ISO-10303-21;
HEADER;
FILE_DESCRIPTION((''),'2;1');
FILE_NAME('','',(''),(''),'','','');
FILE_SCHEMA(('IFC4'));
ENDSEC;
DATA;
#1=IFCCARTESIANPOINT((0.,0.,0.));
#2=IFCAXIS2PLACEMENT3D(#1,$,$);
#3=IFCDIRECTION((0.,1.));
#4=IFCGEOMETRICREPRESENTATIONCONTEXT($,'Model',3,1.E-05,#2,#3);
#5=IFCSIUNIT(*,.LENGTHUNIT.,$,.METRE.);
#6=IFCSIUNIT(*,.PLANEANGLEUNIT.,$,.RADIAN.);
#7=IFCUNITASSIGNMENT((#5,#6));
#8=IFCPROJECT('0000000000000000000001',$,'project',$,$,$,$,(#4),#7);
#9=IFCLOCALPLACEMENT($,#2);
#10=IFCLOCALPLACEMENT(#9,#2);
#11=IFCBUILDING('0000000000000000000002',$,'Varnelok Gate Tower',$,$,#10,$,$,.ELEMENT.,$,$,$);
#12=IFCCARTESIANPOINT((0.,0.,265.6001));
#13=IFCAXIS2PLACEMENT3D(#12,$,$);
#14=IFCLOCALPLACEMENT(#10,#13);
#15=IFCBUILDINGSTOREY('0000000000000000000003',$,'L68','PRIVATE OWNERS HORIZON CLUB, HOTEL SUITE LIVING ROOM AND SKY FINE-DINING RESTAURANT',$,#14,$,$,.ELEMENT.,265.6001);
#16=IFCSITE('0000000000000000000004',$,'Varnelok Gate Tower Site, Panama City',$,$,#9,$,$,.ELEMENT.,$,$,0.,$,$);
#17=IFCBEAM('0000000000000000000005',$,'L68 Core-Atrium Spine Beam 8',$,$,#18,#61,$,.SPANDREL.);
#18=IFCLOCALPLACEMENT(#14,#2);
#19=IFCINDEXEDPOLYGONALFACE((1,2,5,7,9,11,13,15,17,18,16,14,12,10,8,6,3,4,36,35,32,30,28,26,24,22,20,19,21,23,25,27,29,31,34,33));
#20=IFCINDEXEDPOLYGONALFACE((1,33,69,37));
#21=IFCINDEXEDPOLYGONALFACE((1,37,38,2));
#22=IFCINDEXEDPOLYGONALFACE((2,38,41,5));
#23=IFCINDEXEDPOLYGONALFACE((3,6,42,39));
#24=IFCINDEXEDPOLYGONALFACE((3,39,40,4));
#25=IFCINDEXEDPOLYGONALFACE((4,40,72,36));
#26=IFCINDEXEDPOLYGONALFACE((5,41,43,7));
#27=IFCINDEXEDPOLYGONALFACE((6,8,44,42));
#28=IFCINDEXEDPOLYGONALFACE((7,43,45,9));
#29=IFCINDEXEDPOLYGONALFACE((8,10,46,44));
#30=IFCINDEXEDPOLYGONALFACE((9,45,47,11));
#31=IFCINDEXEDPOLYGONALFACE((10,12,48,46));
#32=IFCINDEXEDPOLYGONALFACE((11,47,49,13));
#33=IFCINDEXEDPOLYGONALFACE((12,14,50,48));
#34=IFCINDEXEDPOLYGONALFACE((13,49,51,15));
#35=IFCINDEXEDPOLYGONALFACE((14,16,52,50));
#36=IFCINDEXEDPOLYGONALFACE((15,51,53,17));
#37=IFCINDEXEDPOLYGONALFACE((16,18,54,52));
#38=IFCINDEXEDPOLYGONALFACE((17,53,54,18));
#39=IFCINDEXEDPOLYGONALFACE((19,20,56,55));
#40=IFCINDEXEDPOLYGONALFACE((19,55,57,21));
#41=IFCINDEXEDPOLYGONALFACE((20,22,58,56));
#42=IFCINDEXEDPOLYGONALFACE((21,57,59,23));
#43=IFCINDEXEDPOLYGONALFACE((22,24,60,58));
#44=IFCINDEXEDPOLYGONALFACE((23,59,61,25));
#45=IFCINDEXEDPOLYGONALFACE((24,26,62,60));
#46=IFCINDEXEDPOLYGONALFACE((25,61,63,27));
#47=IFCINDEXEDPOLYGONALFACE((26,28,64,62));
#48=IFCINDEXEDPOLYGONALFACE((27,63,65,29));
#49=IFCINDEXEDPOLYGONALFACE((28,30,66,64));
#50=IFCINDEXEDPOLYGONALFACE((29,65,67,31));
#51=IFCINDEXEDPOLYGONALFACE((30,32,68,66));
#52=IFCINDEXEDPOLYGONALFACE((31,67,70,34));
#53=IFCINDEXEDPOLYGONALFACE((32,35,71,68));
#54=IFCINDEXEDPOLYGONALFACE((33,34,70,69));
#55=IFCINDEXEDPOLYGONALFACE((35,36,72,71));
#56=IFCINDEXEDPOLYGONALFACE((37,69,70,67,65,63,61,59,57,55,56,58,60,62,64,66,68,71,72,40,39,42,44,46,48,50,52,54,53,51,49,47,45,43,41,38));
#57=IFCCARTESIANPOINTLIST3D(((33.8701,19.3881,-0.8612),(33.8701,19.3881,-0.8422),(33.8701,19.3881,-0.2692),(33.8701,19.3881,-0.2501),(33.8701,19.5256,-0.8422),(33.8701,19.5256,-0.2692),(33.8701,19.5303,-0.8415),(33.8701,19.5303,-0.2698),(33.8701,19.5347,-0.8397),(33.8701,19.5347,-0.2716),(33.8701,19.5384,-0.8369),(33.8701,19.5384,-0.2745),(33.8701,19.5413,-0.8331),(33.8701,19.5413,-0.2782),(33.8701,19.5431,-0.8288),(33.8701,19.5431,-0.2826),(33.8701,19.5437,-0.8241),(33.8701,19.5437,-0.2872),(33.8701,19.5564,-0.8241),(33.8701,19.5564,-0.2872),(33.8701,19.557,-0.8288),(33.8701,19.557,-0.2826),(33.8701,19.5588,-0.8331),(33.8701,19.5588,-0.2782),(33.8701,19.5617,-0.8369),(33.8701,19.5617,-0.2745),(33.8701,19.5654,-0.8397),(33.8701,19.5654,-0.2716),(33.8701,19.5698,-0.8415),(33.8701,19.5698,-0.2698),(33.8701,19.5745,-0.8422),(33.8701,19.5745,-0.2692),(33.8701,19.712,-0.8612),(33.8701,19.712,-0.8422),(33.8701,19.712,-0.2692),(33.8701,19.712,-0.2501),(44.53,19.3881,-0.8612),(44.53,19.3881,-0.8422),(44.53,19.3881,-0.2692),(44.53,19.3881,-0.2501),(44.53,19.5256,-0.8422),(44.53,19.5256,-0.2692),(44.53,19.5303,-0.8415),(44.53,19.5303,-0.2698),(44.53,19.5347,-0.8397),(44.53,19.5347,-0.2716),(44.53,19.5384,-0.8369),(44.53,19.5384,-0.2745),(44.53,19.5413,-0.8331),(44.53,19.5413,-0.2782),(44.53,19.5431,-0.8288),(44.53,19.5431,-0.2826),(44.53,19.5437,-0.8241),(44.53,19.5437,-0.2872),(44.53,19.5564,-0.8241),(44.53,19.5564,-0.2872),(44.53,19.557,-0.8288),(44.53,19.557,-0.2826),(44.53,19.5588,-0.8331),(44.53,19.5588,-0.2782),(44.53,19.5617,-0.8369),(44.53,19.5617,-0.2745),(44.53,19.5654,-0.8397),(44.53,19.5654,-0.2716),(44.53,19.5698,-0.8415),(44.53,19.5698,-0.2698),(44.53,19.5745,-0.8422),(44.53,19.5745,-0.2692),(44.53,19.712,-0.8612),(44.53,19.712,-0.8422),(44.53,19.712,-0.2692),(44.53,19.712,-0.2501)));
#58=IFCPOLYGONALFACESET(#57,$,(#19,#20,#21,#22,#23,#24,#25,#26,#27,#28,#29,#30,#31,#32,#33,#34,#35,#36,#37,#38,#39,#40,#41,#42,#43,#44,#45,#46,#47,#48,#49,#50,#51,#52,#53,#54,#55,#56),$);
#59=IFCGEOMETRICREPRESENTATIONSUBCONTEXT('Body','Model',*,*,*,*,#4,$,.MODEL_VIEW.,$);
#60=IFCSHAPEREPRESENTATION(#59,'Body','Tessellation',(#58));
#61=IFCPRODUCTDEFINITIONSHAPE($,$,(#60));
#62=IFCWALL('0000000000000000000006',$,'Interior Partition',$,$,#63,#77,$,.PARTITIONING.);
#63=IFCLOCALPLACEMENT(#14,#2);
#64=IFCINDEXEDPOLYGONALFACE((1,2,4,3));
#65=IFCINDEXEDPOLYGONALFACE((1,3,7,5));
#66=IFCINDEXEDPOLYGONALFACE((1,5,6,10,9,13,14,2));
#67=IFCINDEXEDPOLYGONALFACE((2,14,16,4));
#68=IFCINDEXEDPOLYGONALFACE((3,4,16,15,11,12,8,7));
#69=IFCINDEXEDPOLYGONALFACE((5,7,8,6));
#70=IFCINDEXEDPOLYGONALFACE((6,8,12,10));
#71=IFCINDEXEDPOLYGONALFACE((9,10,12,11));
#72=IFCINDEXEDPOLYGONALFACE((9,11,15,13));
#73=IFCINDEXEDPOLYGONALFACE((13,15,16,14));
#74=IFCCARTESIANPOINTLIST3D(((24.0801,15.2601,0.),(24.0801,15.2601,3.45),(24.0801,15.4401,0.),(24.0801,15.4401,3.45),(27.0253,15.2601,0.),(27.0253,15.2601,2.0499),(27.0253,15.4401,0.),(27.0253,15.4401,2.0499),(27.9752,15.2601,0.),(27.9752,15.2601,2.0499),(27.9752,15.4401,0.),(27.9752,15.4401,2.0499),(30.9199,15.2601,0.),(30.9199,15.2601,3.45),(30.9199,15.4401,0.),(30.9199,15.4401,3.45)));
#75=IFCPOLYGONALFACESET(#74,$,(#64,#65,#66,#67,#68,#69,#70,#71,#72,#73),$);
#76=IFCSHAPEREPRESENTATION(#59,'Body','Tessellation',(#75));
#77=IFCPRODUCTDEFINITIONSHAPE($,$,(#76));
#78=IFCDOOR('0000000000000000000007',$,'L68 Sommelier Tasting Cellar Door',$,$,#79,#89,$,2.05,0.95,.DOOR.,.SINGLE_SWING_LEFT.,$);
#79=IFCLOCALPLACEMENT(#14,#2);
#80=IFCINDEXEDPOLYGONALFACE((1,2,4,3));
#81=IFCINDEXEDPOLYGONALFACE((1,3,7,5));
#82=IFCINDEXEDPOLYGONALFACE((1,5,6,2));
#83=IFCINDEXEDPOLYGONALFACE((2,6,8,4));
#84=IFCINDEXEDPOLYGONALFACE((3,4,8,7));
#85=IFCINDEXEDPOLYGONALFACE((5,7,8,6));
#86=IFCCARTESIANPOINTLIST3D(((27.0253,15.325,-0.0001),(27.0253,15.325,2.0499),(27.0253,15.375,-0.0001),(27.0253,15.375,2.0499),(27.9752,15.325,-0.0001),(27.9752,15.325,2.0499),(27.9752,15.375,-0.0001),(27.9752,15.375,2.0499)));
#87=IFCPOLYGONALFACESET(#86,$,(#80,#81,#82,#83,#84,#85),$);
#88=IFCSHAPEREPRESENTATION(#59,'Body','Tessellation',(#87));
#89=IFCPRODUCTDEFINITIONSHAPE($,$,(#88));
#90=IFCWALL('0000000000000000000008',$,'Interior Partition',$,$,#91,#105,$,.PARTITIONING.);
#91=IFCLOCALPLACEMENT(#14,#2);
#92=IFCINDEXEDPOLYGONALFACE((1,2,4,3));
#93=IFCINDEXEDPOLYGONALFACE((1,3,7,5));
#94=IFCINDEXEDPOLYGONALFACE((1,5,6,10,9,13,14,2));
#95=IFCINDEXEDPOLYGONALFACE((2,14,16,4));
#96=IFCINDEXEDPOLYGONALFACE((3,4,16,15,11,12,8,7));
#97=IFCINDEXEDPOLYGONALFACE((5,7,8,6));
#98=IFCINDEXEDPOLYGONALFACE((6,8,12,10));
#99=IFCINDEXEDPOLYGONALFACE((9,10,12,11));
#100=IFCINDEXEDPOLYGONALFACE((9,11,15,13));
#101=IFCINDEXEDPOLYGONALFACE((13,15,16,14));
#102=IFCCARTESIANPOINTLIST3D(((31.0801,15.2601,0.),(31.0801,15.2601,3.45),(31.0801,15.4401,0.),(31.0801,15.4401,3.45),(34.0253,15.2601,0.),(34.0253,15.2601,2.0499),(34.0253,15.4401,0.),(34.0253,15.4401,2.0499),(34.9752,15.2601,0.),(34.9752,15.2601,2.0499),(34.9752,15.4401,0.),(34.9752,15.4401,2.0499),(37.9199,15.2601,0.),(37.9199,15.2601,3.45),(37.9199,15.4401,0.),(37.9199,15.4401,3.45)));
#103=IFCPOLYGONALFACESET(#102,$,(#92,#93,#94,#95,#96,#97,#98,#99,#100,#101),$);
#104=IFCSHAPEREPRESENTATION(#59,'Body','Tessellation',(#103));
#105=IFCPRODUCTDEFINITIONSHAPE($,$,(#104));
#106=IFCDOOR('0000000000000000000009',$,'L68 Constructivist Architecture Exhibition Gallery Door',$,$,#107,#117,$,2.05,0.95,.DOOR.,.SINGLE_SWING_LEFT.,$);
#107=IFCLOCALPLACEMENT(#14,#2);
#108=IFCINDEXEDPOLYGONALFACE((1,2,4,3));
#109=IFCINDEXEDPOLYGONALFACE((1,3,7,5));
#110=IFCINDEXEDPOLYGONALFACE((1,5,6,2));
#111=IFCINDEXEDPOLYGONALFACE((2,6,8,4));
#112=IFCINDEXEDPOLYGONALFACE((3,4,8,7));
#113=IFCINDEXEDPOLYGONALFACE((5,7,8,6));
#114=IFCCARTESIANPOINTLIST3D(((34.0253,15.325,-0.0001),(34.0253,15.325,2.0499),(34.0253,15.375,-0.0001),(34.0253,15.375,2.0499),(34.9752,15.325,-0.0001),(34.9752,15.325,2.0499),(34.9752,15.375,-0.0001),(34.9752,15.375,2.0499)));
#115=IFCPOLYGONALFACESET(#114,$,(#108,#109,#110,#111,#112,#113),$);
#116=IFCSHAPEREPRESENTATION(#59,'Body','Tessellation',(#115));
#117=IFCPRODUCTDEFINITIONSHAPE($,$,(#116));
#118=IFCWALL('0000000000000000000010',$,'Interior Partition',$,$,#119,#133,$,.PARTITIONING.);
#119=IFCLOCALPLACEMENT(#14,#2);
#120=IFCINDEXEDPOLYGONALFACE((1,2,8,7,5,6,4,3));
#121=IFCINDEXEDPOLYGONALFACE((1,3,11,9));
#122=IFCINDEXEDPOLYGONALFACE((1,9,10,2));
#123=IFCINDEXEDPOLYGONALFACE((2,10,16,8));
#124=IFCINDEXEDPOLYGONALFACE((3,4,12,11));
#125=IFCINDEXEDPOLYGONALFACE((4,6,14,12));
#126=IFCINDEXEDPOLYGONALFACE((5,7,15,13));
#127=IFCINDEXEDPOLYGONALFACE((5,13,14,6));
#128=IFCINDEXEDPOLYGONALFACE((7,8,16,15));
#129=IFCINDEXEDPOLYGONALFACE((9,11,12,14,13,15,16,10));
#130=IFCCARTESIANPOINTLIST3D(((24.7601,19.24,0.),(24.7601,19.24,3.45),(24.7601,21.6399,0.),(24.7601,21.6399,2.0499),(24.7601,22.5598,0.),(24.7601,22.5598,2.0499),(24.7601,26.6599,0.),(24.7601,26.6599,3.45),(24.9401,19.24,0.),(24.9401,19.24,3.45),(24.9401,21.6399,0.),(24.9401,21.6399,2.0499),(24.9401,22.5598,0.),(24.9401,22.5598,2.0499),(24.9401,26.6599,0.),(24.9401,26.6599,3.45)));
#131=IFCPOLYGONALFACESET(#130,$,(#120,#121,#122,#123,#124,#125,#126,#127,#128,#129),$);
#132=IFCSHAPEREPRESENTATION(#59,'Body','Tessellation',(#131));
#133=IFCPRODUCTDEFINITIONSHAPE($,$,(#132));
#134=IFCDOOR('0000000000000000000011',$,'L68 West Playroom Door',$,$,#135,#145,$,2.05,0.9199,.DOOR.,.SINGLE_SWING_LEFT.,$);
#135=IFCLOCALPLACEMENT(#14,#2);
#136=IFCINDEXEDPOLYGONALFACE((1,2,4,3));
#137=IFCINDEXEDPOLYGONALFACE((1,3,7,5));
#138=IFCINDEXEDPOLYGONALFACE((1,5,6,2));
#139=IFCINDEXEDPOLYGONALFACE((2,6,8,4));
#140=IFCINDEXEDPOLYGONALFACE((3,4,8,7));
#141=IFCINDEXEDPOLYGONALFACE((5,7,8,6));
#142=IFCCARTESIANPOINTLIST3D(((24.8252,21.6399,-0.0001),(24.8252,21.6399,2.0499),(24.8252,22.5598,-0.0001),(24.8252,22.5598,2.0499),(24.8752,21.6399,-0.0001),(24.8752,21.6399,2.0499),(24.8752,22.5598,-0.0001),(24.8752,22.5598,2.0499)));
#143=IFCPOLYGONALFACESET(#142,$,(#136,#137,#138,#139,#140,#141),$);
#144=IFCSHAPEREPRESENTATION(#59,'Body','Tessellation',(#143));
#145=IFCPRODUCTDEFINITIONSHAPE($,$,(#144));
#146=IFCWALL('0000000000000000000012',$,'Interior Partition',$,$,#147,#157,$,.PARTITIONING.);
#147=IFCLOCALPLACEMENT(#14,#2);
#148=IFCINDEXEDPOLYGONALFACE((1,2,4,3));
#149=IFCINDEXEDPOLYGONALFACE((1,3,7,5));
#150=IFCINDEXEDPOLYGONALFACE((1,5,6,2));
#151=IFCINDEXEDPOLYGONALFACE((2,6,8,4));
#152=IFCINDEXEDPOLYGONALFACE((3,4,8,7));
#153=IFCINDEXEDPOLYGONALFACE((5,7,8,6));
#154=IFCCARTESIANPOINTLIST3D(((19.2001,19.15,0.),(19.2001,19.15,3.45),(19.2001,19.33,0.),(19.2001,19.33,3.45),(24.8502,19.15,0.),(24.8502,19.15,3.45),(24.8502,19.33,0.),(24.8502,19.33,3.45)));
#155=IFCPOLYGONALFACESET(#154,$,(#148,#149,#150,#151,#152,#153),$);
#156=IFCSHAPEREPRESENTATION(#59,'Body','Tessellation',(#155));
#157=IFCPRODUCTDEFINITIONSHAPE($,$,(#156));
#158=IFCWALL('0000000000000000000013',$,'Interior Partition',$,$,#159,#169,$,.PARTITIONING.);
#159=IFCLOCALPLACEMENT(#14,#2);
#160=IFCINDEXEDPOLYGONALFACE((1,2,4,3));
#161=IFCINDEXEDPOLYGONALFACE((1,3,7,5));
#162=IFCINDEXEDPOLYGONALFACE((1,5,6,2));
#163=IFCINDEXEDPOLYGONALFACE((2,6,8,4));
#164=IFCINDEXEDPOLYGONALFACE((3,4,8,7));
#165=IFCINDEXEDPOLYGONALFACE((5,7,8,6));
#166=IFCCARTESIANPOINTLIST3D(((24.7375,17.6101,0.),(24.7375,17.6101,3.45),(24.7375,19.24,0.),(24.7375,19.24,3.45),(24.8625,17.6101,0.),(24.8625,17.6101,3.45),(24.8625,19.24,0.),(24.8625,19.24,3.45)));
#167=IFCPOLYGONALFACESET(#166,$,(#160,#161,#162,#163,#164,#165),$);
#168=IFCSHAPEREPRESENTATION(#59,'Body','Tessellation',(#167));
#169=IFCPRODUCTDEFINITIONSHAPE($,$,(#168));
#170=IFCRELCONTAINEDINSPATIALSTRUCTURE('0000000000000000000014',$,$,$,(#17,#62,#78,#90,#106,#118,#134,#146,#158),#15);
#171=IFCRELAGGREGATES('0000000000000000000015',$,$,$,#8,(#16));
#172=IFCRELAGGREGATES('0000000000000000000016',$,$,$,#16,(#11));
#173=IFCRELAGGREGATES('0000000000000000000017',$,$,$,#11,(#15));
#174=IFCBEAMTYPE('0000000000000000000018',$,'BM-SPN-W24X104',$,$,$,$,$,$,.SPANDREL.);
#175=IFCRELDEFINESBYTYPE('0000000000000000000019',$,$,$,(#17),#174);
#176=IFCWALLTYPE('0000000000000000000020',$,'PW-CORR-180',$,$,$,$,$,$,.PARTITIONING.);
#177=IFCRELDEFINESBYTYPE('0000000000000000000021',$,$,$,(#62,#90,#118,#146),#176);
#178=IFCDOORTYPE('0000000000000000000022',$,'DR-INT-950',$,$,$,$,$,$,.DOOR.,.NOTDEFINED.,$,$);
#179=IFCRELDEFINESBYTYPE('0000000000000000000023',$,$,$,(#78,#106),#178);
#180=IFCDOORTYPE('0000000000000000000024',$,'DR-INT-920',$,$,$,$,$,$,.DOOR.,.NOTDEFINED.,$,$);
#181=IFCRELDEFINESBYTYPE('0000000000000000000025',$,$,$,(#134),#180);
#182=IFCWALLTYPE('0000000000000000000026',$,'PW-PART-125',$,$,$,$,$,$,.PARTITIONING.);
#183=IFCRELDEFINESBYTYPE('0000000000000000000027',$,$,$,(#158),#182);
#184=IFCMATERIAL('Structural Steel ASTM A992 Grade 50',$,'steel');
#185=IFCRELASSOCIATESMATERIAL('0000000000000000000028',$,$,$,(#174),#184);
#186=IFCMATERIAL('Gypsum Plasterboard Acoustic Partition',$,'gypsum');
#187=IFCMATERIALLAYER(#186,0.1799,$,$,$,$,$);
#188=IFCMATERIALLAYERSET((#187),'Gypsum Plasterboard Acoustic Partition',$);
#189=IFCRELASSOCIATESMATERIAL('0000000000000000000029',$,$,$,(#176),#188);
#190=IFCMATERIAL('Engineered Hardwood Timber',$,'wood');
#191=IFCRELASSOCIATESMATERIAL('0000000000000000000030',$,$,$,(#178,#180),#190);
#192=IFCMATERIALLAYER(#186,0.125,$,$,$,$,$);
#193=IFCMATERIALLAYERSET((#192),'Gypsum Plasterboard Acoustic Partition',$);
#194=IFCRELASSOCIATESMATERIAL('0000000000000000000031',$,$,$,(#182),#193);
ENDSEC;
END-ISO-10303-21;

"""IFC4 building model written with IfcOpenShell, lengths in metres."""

from ifc_helpers import new_model, si_unit, direction, frame, frame_2d, origin, origin_2d, place, context, subcontext, project, spatial, rectangle, i_section, extrude, material, layer, layer_set, material_profile, profile_set, type_object, element, fill, save


model = new_model("IFC4")

# Units and contexts
model_context = context("Model", 3, precision=1e-05, world=origin(), true_north=direction((0.0, 1.0)))
body_context = subcontext(model_context, "Body", "Model", "MODEL_VIEW")
ifc_project = project(units=[si_unit("LENGTHUNIT", "METRE"), si_unit("PLANEANGLEUNIT", "RADIAN")], contexts=[model_context])

# Site, building, storey
site_placement = place(None, origin())
site = spatial("IfcSite", under=ifc_project, at=site_placement, Name="Varnelok Gate Tower Site, Panama City", CompositionType="ELEMENT", RefElevation=0.0)
building_placement = place(site_placement, origin())
building = spatial("IfcBuilding", under=site, at=building_placement, Name="Varnelok Gate Tower", CompositionType="ELEMENT")
storey_placement = place(building_placement, frame((0.0, 0.0, 265.6001)))
storey = spatial("IfcBuildingStorey", under=building, at=storey_placement, Name="L68", Description="PRIVATE OWNERS HORIZON CLUB, HOTEL SUITE LIVING ROOM AND SKY FINE-DINING RESTAURANT", CompositionType="ELEMENT", Elevation=265.6001)

# Shared definitions
ifc_material_1 = material(Name="Structural Steel ASTM A992 Grade 50", Category="steel")

# Beam
ifc_material_profile_1 = material_profile(ifc_material_1, i_section(OverallWidth=0.324, OverallDepth=0.6111, WebThickness=0.0127, FlangeThickness=0.019, FilletRadius=0.0181, at=origin_2d()), Name="W24X104")
ifc_profile_set_1 = profile_set([ifc_material_profile_1], Name="Structural Steel ASTM A992 Grade 50")
beam_type_1 = type_object("IfcBeamType", Name="BM-SPN-W24X104", PredefinedType="SPANDREL", material=ifc_profile_set_1)
beam_1_placement = place(storey_placement, frame((33.8701, 19.55, -0.5557), z_axis=(1.0, 0.0, 0.0), x_axis=(0.0, 1.0, 0.0)))
element("IfcBeam", 1, at=beam_1_placement, inside=storey, type_object=beam_type_1, Name="L68 Core-Atrium Spine Beam 8", PredefinedType="SPANDREL", context=body_context, shape_type="SweptSolid", body=[
    extrude(i_section(OverallWidth=0.324, OverallDepth=0.6111, WebThickness=0.0127, FlangeThickness=0.019, FilletRadius=0.0181, at=origin_2d()), origin(), (0.0, 0.0, 1.0), 10.6599),
])

# Walls, openings, doors
ifc_material_2 = material(Name="Gypsum Plasterboard Acoustic Partition", Category="gypsum")
ifc_layer_1 = layer(ifc_material_2, 0.1799)
ifc_layer_set_1 = layer_set([ifc_layer_1], Name="Gypsum Plasterboard Acoustic Partition")
wall_type_1 = type_object("IfcWallType", Name="PW-CORR-180", PredefinedType="PARTITIONING", material=ifc_layer_set_1)
wall_1_placement = place(storey_placement, frame((24.0801, 15.3501, 0.0), z_axis=(0.0, 0.0, 1.0), x_axis=(1.0, 0.0, 0.0)))
wall_1 = element("IfcWall", 2, at=wall_1_placement, inside=storey, type_object=wall_type_1, Name="Interior Partition", PredefinedType="PARTITIONING", context=body_context, shape_type="SweptSolid", body=[
    extrude(rectangle(XDim=6.8398, YDim=0.1799, at=frame_2d((3.4199, 0.0))), origin(), (0.0, 0.0, 1.0), 3.45),
])
opening_1_placement = place(wall_1_placement, frame((2.9451, 0.0, 0.0)))
opening_1 = element("IfcOpeningElement", 3, at=opening_1_placement, cuts=wall_1, PredefinedType="OPENING", context=body_context, shape_type="SweptSolid", body=[
    extrude(rectangle(XDim=0.95, YDim=2.05, at=frame_2d((0.4751, 1.0249))), frame((0.0, 0.0999, 0.0), z_axis=(0.0, -1.0, 0.0), x_axis=(1.0, 0.0, 0.0)), (0.0, 0.0, 1.0), 0.2),
])
ifc_material_3 = material(Name="Engineered Hardwood Timber", Category="wood")
door_type_1 = type_object("IfcDoorType", Name="DR-INT-950", OperationType="NOTDEFINED", PredefinedType="DOOR", material=ifc_material_3)
door_1_placement = place(opening_1_placement, origin())
door_1 = element("IfcDoor", 4, at=door_1_placement, inside=storey, type_object=door_type_1, Name="L68 Sommelier Tasting Cellar Door", OperationType="SINGLE_SWING_LEFT", OverallHeight=2.05, OverallWidth=0.95, PredefinedType="DOOR", context=body_context, shape_type="SweptSolid", body=[
    extrude(rectangle(XDim=0.95, YDim=2.05, at=frame_2d((0.4751, 1.0249))), frame((0.0, 0.0249, 0.0), z_axis=(0.0, -1.0, 0.0), x_axis=(1.0, 0.0, 0.0)), (0.0, 0.0, 1.0), 0.05),
])
fill(opening_1, door_1)
wall_2_placement = place(storey_placement, frame((31.0801, 15.3501, 0.0), z_axis=(0.0, 0.0, 1.0), x_axis=(1.0, 0.0, 0.0)))
wall_2 = element("IfcWall", 5, at=wall_2_placement, inside=storey, type_object=wall_type_1, Name="Interior Partition", PredefinedType="PARTITIONING", context=body_context, shape_type="SweptSolid", body=[
    extrude(rectangle(XDim=6.8398, YDim=0.1799, at=frame_2d((3.4199, 0.0))), origin(), (0.0, 0.0, 1.0), 3.45),
])
opening_2_placement = place(wall_2_placement, frame((2.9451, 0.0, 0.0)))
opening_2 = element("IfcOpeningElement", 6, at=opening_2_placement, cuts=wall_2, PredefinedType="OPENING", context=body_context, shape_type="SweptSolid", body=[
    extrude(rectangle(XDim=0.95, YDim=2.05, at=frame_2d((0.4751, 1.0249))), frame((0.0, 0.0999, 0.0), z_axis=(0.0, -1.0, 0.0), x_axis=(1.0, 0.0, 0.0)), (0.0, 0.0, 1.0), 0.2),
])
door_2_placement = place(opening_2_placement, origin())
door_2 = element("IfcDoor", 7, at=door_2_placement, inside=storey, type_object=door_type_1, Name="L68 Constructivist Architecture Exhibition Gallery Door", OperationType="SINGLE_SWING_LEFT", OverallHeight=2.05, OverallWidth=0.95, PredefinedType="DOOR", context=body_context, shape_type="SweptSolid", body=[
    extrude(rectangle(XDim=0.95, YDim=2.05, at=frame_2d((0.4751, 1.0249))), frame((0.0, 0.0249, 0.0), z_axis=(0.0, -1.0, 0.0), x_axis=(1.0, 0.0, 0.0)), (0.0, 0.0, 1.0), 0.05),
])
fill(opening_2, door_2)
wall_3_placement = place(storey_placement, frame((24.8501, 19.24, 0.0), z_axis=(0.0, 0.0, 1.0), x_axis=(0.0, 1.0, 0.0)))
wall_3 = element("IfcWall", 8, at=wall_3_placement, inside=storey, type_object=wall_type_1, Name="Interior Partition", PredefinedType="PARTITIONING", context=body_context, shape_type="SweptSolid", body=[
    extrude(rectangle(XDim=7.4199, YDim=0.1799, at=frame_2d((3.71, 0.0))), origin(), (0.0, 0.0, 1.0), 3.45),
])
opening_3_placement = place(wall_3_placement, frame((2.3999, 0.0, 0.0)))
opening_3 = element("IfcOpeningElement", 9, at=opening_3_placement, cuts=wall_3, PredefinedType="OPENING", context=body_context, shape_type="SweptSolid", body=[
    extrude(rectangle(XDim=0.9199, YDim=2.05, at=frame_2d((0.46, 1.0249))), frame((0.0, 0.0999, 0.0), z_axis=(0.0, -1.0, 0.0), x_axis=(1.0, 0.0, 0.0)), (0.0, 0.0, 1.0), 0.2),
])
door_type_2 = type_object("IfcDoorType", Name="DR-INT-920", OperationType="NOTDEFINED", PredefinedType="DOOR", material=ifc_material_3)
door_3_placement = place(opening_3_placement, origin())
door_3 = element("IfcDoor", 10, at=door_3_placement, inside=storey, type_object=door_type_2, Name="L68 West Playroom Door", OperationType="SINGLE_SWING_LEFT", OverallHeight=2.05, OverallWidth=0.9199, PredefinedType="DOOR", context=body_context, shape_type="SweptSolid", body=[
    extrude(rectangle(XDim=0.9199, YDim=2.05, at=frame_2d((0.46, 1.0249))), frame((0.0, 0.0249, 0.0), z_axis=(0.0, -1.0, 0.0), x_axis=(1.0, 0.0, 0.0)), (0.0, 0.0, 1.0), 0.05),
])
fill(opening_3, door_3)

# Walls
wall_4_placement = place(storey_placement, frame((19.2, 19.24, 0.0), z_axis=(0.0, 0.0, 1.0), x_axis=(1.0, 0.0, 0.0)))
element("IfcWall", 11, at=wall_4_placement, inside=storey, type_object=wall_type_1, Name="Interior Partition", PredefinedType="PARTITIONING", context=body_context, shape_type="SweptSolid", body=[
    extrude(rectangle(XDim=5.6501, YDim=0.1799, at=frame_2d((2.8252, 0.0))), origin(), (0.0, 0.0, 1.0), 3.45),
])
ifc_layer_2 = layer(ifc_material_2, 0.125)
ifc_layer_set_2 = layer_set([ifc_layer_2], Name="Gypsum Plasterboard Acoustic Partition")
wall_type_2 = type_object("IfcWallType", Name="PW-PART-125", PredefinedType="PARTITIONING", material=ifc_layer_set_2)
wall_5_placement = place(storey_placement, frame((24.8, 17.6101, 0.0), z_axis=(0.0, 0.0, 1.0), x_axis=(0.0, 1.0, 0.0)))
element("IfcWall", 12, at=wall_5_placement, inside=storey, type_object=wall_type_2, Name="Interior Partition", PredefinedType="PARTITIONING", context=body_context, shape_type="SweptSolid", body=[
    extrude(rectangle(XDim=1.6299, YDim=0.125, at=frame_2d((0.8149, 0.0))), origin(), (0.0, 0.0, 1.0), 3.45),
])

save(model, "model.ifc")
